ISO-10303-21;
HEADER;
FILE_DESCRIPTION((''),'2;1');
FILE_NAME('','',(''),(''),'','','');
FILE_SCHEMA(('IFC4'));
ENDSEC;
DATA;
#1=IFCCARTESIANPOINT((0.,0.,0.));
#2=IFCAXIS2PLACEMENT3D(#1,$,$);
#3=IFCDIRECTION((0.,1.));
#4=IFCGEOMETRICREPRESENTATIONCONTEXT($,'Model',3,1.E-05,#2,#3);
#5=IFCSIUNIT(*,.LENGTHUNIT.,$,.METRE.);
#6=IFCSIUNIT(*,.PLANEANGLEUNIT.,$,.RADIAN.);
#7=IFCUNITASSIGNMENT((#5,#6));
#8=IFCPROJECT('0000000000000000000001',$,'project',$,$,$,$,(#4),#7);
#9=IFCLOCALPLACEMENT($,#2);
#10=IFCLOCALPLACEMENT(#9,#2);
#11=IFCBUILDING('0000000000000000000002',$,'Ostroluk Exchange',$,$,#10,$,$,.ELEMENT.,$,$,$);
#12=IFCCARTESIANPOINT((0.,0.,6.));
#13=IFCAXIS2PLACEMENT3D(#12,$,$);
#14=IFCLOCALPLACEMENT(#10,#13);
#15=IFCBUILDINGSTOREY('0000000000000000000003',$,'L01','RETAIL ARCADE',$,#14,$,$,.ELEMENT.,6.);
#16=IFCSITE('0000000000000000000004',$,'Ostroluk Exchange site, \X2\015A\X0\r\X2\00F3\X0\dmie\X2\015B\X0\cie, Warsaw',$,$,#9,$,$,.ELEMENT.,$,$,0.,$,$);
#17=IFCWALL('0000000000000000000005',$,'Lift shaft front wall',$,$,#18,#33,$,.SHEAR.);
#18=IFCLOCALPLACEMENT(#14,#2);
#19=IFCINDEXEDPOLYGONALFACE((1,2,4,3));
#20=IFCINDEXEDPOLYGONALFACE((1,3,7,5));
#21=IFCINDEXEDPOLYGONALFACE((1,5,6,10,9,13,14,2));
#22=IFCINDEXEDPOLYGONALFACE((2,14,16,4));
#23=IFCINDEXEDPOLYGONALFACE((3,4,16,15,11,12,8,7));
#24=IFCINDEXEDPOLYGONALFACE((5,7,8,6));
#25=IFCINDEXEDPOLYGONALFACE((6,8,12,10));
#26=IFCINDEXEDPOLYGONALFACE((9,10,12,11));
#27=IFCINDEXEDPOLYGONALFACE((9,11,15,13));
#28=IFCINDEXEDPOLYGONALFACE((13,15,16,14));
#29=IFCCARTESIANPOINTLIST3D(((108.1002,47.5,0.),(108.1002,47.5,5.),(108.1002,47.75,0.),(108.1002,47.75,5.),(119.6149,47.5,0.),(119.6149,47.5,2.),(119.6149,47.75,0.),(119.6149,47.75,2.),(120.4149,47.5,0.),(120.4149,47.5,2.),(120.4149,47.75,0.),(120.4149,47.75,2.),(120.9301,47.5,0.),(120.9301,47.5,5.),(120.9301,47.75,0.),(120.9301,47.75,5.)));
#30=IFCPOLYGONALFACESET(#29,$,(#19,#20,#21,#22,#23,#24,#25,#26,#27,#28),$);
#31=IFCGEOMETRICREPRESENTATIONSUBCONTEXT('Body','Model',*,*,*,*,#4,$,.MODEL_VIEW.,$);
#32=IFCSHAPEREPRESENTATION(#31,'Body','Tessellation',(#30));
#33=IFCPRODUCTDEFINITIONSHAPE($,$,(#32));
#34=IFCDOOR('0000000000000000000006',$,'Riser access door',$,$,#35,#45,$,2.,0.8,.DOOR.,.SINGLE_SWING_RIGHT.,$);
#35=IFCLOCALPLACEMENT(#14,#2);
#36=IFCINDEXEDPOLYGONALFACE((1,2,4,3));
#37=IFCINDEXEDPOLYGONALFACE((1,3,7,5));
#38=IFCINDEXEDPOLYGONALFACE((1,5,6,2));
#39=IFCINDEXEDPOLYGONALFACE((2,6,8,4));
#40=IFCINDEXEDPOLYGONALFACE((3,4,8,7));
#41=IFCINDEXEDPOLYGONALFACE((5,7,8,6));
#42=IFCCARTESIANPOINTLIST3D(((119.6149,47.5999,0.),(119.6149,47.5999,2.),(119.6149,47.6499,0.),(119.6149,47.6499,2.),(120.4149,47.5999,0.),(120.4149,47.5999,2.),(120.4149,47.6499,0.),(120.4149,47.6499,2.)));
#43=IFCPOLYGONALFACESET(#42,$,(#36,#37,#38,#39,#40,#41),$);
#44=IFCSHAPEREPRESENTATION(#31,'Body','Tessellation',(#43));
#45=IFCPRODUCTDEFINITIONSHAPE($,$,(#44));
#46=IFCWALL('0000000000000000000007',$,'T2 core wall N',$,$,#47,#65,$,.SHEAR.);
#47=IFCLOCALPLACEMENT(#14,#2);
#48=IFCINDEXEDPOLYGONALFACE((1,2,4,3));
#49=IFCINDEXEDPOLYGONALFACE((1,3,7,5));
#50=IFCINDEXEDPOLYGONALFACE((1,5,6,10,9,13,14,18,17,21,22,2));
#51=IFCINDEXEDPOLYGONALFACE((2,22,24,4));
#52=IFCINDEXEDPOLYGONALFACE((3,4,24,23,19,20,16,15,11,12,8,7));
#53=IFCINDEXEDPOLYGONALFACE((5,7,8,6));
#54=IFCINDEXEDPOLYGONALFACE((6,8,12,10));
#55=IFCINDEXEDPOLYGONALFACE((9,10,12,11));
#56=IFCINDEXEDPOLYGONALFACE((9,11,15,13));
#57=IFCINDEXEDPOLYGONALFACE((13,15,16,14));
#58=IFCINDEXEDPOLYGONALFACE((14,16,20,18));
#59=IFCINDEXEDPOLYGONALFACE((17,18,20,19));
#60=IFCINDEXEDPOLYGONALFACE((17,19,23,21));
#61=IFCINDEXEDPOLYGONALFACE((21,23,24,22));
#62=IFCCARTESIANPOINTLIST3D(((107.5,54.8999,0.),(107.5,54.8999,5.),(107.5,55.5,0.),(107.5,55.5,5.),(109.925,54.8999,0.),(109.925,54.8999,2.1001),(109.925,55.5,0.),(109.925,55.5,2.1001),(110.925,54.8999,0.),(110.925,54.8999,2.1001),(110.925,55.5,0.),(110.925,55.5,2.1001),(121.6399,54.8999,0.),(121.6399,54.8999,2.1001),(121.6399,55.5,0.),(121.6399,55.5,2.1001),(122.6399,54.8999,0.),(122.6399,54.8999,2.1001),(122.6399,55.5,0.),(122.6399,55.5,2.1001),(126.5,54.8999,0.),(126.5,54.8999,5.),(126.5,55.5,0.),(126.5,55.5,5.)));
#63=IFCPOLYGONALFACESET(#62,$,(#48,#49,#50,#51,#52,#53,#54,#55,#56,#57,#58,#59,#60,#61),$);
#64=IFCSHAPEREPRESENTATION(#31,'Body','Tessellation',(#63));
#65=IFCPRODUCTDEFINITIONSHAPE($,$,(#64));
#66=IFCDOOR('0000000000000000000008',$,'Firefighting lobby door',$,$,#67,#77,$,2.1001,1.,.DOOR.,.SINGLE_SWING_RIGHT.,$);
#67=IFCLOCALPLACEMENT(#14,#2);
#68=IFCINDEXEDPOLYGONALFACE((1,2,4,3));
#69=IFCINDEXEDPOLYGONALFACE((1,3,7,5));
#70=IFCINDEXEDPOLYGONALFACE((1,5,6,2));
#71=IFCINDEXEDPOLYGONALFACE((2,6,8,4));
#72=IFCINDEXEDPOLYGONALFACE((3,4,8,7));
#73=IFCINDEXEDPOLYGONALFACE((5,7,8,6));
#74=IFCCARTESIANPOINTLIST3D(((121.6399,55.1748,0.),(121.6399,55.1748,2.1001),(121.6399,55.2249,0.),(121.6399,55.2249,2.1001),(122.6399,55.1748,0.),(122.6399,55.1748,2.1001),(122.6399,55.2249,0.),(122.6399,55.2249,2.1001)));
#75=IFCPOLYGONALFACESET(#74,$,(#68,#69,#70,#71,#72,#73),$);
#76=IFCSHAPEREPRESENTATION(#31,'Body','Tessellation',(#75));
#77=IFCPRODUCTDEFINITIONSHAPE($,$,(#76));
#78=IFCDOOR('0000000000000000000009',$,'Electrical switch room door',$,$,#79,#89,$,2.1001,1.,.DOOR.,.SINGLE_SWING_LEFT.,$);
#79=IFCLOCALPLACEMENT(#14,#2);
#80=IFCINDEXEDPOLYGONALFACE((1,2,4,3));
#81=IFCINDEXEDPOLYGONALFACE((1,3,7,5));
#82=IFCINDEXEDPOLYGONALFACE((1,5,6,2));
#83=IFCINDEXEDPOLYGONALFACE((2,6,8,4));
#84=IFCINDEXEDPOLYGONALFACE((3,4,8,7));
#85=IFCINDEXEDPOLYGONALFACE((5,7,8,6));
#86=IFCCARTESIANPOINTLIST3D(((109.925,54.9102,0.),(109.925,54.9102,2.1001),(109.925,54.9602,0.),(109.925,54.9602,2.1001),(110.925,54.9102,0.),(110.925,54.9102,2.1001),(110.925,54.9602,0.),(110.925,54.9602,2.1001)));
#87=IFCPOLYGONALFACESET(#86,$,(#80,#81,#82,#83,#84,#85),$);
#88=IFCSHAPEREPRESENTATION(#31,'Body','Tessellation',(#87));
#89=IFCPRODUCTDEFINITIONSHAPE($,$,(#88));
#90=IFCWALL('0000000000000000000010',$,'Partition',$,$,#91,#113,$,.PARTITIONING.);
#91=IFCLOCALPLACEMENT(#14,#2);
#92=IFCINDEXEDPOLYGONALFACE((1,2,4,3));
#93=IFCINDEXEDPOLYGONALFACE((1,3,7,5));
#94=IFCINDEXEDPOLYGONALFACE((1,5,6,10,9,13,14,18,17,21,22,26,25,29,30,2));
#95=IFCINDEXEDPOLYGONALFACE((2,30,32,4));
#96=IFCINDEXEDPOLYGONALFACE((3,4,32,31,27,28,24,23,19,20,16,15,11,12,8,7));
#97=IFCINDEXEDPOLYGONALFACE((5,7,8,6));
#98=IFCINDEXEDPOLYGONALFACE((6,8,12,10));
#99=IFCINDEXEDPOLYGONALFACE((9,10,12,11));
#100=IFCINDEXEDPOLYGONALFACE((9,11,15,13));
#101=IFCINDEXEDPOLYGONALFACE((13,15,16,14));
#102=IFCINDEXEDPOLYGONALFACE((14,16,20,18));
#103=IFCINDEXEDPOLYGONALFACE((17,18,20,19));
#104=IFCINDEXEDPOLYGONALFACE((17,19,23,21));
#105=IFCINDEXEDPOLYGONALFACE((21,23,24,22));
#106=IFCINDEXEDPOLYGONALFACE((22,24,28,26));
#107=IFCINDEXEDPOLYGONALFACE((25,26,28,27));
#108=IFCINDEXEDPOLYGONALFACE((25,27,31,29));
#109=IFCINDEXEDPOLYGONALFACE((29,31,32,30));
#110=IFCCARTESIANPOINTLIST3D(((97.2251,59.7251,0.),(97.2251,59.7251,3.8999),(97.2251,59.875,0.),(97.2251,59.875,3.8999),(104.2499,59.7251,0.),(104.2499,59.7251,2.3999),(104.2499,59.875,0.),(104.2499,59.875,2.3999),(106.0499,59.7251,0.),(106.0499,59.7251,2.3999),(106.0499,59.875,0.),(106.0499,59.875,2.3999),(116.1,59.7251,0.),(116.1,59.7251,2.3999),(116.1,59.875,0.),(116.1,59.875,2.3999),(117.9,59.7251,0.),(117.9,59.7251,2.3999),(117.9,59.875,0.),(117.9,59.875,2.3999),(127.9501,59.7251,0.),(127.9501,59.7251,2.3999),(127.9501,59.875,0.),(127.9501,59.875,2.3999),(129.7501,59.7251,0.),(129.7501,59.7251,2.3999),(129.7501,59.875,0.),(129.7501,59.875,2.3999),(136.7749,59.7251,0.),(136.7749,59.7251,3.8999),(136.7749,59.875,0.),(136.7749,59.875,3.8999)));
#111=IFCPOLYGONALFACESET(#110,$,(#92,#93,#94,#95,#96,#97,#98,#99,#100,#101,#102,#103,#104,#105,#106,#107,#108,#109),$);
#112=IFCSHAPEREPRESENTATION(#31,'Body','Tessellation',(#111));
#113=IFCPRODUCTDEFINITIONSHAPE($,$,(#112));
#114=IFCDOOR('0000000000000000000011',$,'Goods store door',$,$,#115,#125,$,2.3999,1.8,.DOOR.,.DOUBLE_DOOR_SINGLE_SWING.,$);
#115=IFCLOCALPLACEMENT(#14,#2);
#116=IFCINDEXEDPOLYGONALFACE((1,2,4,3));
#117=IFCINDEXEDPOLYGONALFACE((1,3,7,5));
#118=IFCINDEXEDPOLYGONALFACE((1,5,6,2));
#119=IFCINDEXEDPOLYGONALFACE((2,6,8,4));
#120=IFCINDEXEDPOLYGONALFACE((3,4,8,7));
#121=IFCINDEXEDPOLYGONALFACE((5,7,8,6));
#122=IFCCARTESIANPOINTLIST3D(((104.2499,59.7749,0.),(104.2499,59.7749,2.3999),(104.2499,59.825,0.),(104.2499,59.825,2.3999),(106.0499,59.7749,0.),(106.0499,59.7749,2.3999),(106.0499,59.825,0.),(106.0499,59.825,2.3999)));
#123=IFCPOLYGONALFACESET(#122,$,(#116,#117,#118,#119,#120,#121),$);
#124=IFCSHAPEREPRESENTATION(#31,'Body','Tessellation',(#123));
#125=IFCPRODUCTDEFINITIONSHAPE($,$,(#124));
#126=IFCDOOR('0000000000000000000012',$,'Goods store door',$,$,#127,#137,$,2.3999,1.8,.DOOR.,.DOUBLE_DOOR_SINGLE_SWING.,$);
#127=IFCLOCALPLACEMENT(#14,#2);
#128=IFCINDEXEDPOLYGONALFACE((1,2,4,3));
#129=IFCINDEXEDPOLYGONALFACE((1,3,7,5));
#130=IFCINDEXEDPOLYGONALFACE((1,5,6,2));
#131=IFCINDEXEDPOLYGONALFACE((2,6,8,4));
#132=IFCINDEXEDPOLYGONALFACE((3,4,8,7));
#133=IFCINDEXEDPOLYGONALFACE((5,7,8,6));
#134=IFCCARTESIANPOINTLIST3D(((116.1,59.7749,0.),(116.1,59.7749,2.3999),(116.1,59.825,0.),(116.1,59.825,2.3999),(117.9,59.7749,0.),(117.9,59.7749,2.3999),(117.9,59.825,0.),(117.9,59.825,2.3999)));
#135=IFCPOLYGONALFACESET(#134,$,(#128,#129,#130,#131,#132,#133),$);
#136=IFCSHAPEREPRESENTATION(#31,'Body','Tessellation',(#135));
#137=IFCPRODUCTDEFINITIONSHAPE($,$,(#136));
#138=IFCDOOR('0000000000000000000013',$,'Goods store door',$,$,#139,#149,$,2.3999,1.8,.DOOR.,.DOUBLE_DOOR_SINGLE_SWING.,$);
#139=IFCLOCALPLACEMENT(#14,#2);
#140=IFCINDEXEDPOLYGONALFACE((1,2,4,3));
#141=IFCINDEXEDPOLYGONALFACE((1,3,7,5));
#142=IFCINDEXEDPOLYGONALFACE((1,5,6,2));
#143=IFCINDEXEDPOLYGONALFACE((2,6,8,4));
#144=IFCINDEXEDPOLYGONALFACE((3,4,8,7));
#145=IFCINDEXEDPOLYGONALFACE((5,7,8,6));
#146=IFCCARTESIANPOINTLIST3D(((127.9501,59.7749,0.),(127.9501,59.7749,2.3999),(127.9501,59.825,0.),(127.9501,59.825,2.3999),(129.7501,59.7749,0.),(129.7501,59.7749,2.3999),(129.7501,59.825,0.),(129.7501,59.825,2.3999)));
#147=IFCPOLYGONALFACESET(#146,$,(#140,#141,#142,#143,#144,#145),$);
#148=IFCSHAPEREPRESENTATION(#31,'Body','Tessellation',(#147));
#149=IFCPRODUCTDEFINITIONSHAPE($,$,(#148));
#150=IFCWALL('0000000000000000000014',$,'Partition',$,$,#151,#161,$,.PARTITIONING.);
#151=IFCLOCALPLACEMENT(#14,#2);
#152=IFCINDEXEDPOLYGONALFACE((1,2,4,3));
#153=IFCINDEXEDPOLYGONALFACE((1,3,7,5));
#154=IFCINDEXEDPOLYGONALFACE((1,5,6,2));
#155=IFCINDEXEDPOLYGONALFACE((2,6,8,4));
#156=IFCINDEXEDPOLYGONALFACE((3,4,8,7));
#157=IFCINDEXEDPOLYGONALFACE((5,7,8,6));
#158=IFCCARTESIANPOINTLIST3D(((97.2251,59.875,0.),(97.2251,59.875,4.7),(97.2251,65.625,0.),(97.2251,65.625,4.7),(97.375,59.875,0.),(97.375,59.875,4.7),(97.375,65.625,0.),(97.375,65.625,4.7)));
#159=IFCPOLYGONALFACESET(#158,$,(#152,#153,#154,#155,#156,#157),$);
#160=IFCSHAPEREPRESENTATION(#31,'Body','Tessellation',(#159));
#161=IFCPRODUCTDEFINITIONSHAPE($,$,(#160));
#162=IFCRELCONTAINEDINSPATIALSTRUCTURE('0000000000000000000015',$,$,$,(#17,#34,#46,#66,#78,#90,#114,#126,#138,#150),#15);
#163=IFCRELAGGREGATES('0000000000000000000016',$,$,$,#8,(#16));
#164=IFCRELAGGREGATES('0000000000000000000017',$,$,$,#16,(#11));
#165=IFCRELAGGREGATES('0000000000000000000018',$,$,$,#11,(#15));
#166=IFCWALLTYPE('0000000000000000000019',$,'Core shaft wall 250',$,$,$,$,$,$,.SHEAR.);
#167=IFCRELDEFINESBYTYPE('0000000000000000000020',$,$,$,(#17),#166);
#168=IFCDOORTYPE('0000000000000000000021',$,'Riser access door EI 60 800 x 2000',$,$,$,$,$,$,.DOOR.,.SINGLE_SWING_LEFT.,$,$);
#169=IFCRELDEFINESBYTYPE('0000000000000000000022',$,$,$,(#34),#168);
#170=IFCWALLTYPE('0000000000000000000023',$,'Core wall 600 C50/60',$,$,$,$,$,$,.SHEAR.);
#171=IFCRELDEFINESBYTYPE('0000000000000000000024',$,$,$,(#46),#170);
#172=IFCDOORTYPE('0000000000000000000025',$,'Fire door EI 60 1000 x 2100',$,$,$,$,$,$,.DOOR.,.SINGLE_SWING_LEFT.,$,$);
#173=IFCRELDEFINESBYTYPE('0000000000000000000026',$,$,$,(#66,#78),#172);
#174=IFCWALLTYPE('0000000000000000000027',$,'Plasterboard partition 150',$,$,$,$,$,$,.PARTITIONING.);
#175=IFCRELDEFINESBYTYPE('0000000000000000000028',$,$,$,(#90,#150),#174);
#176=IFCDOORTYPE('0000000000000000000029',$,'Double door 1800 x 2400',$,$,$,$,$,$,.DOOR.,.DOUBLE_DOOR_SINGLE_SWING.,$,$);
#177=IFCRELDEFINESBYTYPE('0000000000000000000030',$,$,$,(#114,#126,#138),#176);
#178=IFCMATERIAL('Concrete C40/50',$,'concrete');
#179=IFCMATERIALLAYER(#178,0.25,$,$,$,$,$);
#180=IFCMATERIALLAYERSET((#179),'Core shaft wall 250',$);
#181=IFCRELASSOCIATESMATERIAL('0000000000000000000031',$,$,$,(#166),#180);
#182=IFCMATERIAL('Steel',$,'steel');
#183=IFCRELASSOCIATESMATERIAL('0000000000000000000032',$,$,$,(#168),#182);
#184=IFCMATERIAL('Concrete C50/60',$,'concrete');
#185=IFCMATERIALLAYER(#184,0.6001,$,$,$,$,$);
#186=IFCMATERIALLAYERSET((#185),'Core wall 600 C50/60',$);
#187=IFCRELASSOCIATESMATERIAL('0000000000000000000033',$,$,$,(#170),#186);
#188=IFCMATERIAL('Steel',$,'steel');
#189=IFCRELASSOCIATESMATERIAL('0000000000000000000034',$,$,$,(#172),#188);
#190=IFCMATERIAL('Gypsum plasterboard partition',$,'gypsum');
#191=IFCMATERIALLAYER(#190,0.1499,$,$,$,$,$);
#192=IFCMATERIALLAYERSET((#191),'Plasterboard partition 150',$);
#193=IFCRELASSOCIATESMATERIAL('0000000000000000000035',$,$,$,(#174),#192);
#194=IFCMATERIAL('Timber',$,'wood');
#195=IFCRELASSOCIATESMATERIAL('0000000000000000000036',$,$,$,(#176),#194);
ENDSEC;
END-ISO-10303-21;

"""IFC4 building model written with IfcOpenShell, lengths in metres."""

from ifc_helpers import new_model, si_unit, direction, frame, frame_2d, origin, place, context, subcontext, project, spatial, rectangle, extrude, material, layer, layer_set, type_object, element, fill, save


model = new_model("IFC4")

# Units and contexts
model_context = context("Model", 3, precision=1e-05, world=origin(), true_north=direction((0.0, 1.0)))
body_context = subcontext(model_context, "Body", "Model", "MODEL_VIEW")
ifc_project = project(units=[si_unit("LENGTHUNIT", "METRE"), si_unit("PLANEANGLEUNIT", "RADIAN")], contexts=[model_context])

# Site, building, storey
site_placement = place(None, origin())
site = spatial("IfcSite", under=ifc_project, at=site_placement, Name="Ostroluk Exchange site, Śródmieście, Warsaw", CompositionType="ELEMENT", RefElevation=0.0)
building_placement = place(site_placement, origin())
building = spatial("IfcBuilding", under=site, at=building_placement, Name="Ostroluk Exchange", CompositionType="ELEMENT")
storey_placement = place(building_placement, frame((0.0, 0.0, 6.0)))
storey = spatial("IfcBuildingStorey", under=building, at=storey_placement, Name="L01", Description="RETAIL ARCADE", CompositionType="ELEMENT", Elevation=6.0)

# Shared definitions
ifc_material_1 = material(Name="Concrete C40/50", Category="concrete")
ifc_layer_1 = layer(ifc_material_1, 0.25)
ifc_layer_set_1 = layer_set([ifc_layer_1], Name="Core shaft wall 250")
wall_type_1 = type_object("IfcWallType", Name="Core shaft wall 250", PredefinedType="SHEAR", material=ifc_layer_set_1)

# Wall, opening, door
wall_1_placement = place(storey_placement, frame((108.1001, 47.625, 0.0), z_axis=(0.0, 0.0, 1.0), x_axis=(1.0, 0.0, 0.0)))
wall_1 = element("IfcWall", 1, at=wall_1_placement, inside=storey, type_object=wall_type_1, Name="Lift shaft front wall", PredefinedType="SHEAR", context=body_context, shape_type="SweptSolid", body=[
    extrude(rectangle(XDim=12.8298, YDim=0.25, at=frame_2d((6.415, 0.0))), origin(), (0.0, 0.0, 1.0), 5.0),
])
opening_1_placement = place(wall_1_placement, frame((11.5149, 0.0, 0.0)))
opening_1 = element("IfcOpeningElement", 2, at=opening_1_placement, cuts=wall_1, PredefinedType="OPENING", context=body_context, shape_type="SweptSolid", body=[
    extrude(rectangle(XDim=0.8, YDim=2.0, at=frame_2d((0.3999, 1.0))), frame((0.0, 0.135, 0.0), z_axis=(0.0, -1.0, 0.0), x_axis=(1.0, 0.0, 0.0)), (0.0, 0.0, 1.0), 0.27),
])
ifc_material_2 = material(Name="Steel", Category="steel")
door_type_1 = type_object("IfcDoorType", Name="Riser access door EI 60 800 x 2000", OperationType="SINGLE_SWING_LEFT", PredefinedType="DOOR", material=ifc_material_2)
door_1_placement = place(opening_1_placement, origin())
door_1 = element("IfcDoor", 3, at=door_1_placement, inside=storey, type_object=door_type_1, Name="Riser access door", OperationType="SINGLE_SWING_RIGHT", OverallHeight=2.0, OverallWidth=0.8, PredefinedType="DOOR", context=body_context, shape_type="SweptSolid", body=[
    extrude(rectangle(XDim=0.8, YDim=2.0, at=frame_2d((0.3999, 1.0))), frame((0.0, 0.0249, 0.0), z_axis=(0.0, -1.0, 0.0), x_axis=(1.0, 0.0, 0.0)), (0.0, 0.0, 1.0), 0.05),
])
fill(opening_1, door_1)

# Walls, openings, doors
ifc_material_3 = material(Name="Concrete C50/60", Category="concrete")
ifc_layer_2 = layer(ifc_material_3, 0.6001)
ifc_layer_set_2 = layer_set([ifc_layer_2], Name="Core wall 600 C50/60")
wall_type_2 = type_object("IfcWallType", Name="Core wall 600 C50/60", PredefinedType="SHEAR", material=ifc_layer_set_2)
wall_2_placement = place(storey_placement, frame((107.5, 55.2, 0.0), z_axis=(0.0, 0.0, 1.0), x_axis=(1.0, 0.0, 0.0)))
wall_2 = element("IfcWall", 4, at=wall_2_placement, inside=storey, type_object=wall_type_2, Name="T2 core wall N", PredefinedType="SHEAR", context=body_context, shape_type="SweptSolid", body=[
    extrude(rectangle(XDim=19.0, YDim=0.6001, at=frame_2d((9.5, 0.0))), origin(), (0.0, 0.0, 1.0), 5.0),
])
opening_2_placement = place(wall_2_placement, frame((14.1399, 0.0, 0.0)))
opening_2 = element("IfcOpeningElement", 5, at=opening_2_placement, cuts=wall_2, PredefinedType="OPENING", context=body_context, shape_type="SweptSolid", body=[
    extrude(rectangle(XDim=1.0, YDim=2.1001, at=frame_2d((0.5, 1.05))), frame((0.0, 0.3101, 0.0), z_axis=(0.0, -1.0, 0.0), x_axis=(1.0, 0.0, 0.0)), (0.0, 0.0, 1.0), 0.6201),
])
opening_3_placement = place(wall_2_placement, frame((2.425, 0.0, 0.0)))
opening_3 = element("IfcOpeningElement", 6, at=opening_3_placement, cuts=wall_2, PredefinedType="OPENING", context=body_context, shape_type="SweptSolid", body=[
    extrude(rectangle(XDim=1.0, YDim=2.1001, at=frame_2d((0.5, 1.05))), frame((0.0, 0.3101, 0.0), z_axis=(0.0, -1.0, 0.0), x_axis=(1.0, 0.0, 0.0)), (0.0, 0.0, 1.0), 0.6201),
])
ifc_material_4 = material(Name="Steel", Category="steel")
door_type_2 = type_object("IfcDoorType", Name="Fire door EI 60 1000 x 2100", OperationType="SINGLE_SWING_LEFT", PredefinedType="DOOR", material=ifc_material_4)
door_2_placement = place(opening_2_placement, origin())
door_2 = element("IfcDoor", 7, at=door_2_placement, inside=storey, type_object=door_type_2, Name="Firefighting lobby door", OperationType="SINGLE_SWING_RIGHT", OverallHeight=2.1001, OverallWidth=1.0, PredefinedType="DOOR", context=body_context, shape_type="SweptSolid", body=[
    extrude(rectangle(XDim=1.0, YDim=2.1001, at=frame_2d((0.5, 1.05))), frame((0.0, 0.0249, 0.0), z_axis=(0.0, -1.0, 0.0), x_axis=(1.0, 0.0, 0.0)), (0.0, 0.0, 1.0), 0.05),
])
fill(opening_2, door_2)
door_3_placement = place(opening_3_placement, origin())
door_3 = element("IfcDoor", 8, at=door_3_placement, inside=storey, type_object=door_type_2, Name="Electrical switch room door", OperationType="SINGLE_SWING_LEFT", OverallHeight=2.1001, OverallWidth=1.0, PredefinedType="DOOR", context=body_context, shape_type="SweptSolid", body=[
    extrude(rectangle(XDim=1.0, YDim=2.1001, at=frame_2d((0.5, 1.05))), frame((0.0, -0.2397, 0.0), z_axis=(0.0, -1.0, 0.0), x_axis=(1.0, 0.0, 0.0)), (0.0, 0.0, 1.0), 0.05),
])
fill(opening_3, door_3)
ifc_material_5 = material(Name="Gypsum plasterboard partition", Category="gypsum")
ifc_layer_3 = layer(ifc_material_5, 0.1499)
ifc_layer_set_3 = layer_set([ifc_layer_3], Name="Plasterboard partition 150")
wall_type_3 = type_object("IfcWallType", Name="Plasterboard partition 150", PredefinedType="PARTITIONING", material=ifc_layer_set_3)
wall_3_placement = place(storey_placement, frame((97.2251, 59.8, 0.0), z_axis=(0.0, 0.0, 1.0), x_axis=(1.0, 0.0, 0.0)))
wall_3 = element("IfcWall", 9, at=wall_3_placement, inside=storey, type_object=wall_type_3, Name="Partition", PredefinedType="PARTITIONING", context=body_context, shape_type="SweptSolid", body=[
    extrude(rectangle(XDim=39.5498, YDim=0.1499, at=frame_2d((19.7749, 0.0))), origin(), (0.0, 0.0, 1.0), 3.8999),
])
opening_4_placement = place(wall_3_placement, frame((7.0249, 0.0, 0.0)))
opening_4 = element("IfcOpeningElement", 10, at=opening_4_placement, cuts=wall_3, PredefinedType="OPENING", context=body_context, shape_type="SweptSolid", body=[
    extrude(rectangle(XDim=1.8, YDim=2.3999, at=frame_2d((0.8999, 1.2))), frame((0.0, 0.085, 0.0), z_axis=(0.0, -1.0, 0.0), x_axis=(1.0, 0.0, 0.0)), (0.0, 0.0, 1.0), 0.1699),
])
opening_5_placement = place(wall_3_placement, frame((18.875, 0.0, 0.0)))
opening_5 = element("IfcOpeningElement", 11, at=opening_5_placement, cuts=wall_3, PredefinedType="OPENING", context=body_context, shape_type="SweptSolid", body=[
    extrude(rectangle(XDim=1.8, YDim=2.3999, at=frame_2d((0.8999, 1.2))), frame((0.0, 0.085, 0.0), z_axis=(0.0, -1.0, 0.0), x_axis=(1.0, 0.0, 0.0)), (0.0, 0.0, 1.0), 0.1699),
])
opening_6_placement = place(wall_3_placement, frame((30.7251, 0.0, 0.0)))
opening_6 = element("IfcOpeningElement", 12, at=opening_6_placement, cuts=wall_3, PredefinedType="OPENING", context=body_context, shape_type="SweptSolid", body=[
    extrude(rectangle(XDim=1.8, YDim=2.3999, at=frame_2d((0.8999, 1.2))), frame((0.0, 0.085, 0.0), z_axis=(0.0, -1.0, 0.0), x_axis=(1.0, 0.0, 0.0)), (0.0, 0.0, 1.0), 0.1699),
])
ifc_material_6 = material(Name="Timber", Category="wood")
door_type_3 = type_object("IfcDoorType", Name="Double door 1800 x 2400", OperationType="DOUBLE_DOOR_SINGLE_SWING", PredefinedType="DOOR", material=ifc_material_6)
door_4_placement = place(opening_4_placement, origin())
door_4 = element("IfcDoor", 13, at=door_4_placement, inside=storey, type_object=door_type_3, Name="Goods store door", OperationType="DOUBLE_DOOR_SINGLE_SWING", OverallHeight=2.3999, OverallWidth=1.8, PredefinedType="DOOR", context=body_context, shape_type="SweptSolid", body=[
    extrude(rectangle(XDim=1.8, YDim=2.3999, at=frame_2d((0.8999, 1.2))), frame((0.0, 0.0249, 0.0), z_axis=(0.0, -1.0, 0.0), x_axis=(1.0, 0.0, 0.0)), (0.0, 0.0, 1.0), 0.05),
])
fill(opening_4, door_4)
door_5_placement = place(opening_5_placement, origin())
door_5 = element("IfcDoor", 14, at=door_5_placement, inside=storey, type_object=door_type_3, Name="Goods store door", OperationType="DOUBLE_DOOR_SINGLE_SWING", OverallHeight=2.3999, OverallWidth=1.8, PredefinedType="DOOR", context=body_context, shape_type="SweptSolid", body=[
    extrude(rectangle(XDim=1.8, YDim=2.3999, at=frame_2d((0.8999, 1.2))), frame((0.0, 0.0249, 0.0), z_axis=(0.0, -1.0, 0.0), x_axis=(1.0, 0.0, 0.0)), (0.0, 0.0, 1.0), 0.05),
])
fill(opening_5, door_5)
door_6_placement = place(opening_6_placement, origin())
door_6 = element("IfcDoor", 15, at=door_6_placement, inside=storey, type_object=door_type_3, Name="Goods store door", OperationType="DOUBLE_DOOR_SINGLE_SWING", OverallHeight=2.3999, OverallWidth=1.8, PredefinedType="DOOR", context=body_context, shape_type="SweptSolid", body=[
    extrude(rectangle(XDim=1.8, YDim=2.3999, at=frame_2d((0.8999, 1.2))), frame((0.0, 0.0249, 0.0), z_axis=(0.0, -1.0, 0.0), x_axis=(1.0, 0.0, 0.0)), (0.0, 0.0, 1.0), 0.05),
])
fill(opening_6, door_6)

# Wall
wall_4_placement = place(storey_placement, frame((97.3, 59.875, 0.0), z_axis=(0.0, 0.0, 1.0), x_axis=(0.0, 1.0, 0.0)))
element("IfcWall", 16, at=wall_4_placement, inside=storey, type_object=wall_type_3, Name="Partition", PredefinedType="PARTITIONING", context=body_context, shape_type="SweptSolid", body=[
    extrude(rectangle(XDim=5.75, YDim=0.1499, at=frame_2d((2.875, 0.0))), origin(), (0.0, 0.0, 1.0), 4.7),
])

save(model, "model.ifc")
